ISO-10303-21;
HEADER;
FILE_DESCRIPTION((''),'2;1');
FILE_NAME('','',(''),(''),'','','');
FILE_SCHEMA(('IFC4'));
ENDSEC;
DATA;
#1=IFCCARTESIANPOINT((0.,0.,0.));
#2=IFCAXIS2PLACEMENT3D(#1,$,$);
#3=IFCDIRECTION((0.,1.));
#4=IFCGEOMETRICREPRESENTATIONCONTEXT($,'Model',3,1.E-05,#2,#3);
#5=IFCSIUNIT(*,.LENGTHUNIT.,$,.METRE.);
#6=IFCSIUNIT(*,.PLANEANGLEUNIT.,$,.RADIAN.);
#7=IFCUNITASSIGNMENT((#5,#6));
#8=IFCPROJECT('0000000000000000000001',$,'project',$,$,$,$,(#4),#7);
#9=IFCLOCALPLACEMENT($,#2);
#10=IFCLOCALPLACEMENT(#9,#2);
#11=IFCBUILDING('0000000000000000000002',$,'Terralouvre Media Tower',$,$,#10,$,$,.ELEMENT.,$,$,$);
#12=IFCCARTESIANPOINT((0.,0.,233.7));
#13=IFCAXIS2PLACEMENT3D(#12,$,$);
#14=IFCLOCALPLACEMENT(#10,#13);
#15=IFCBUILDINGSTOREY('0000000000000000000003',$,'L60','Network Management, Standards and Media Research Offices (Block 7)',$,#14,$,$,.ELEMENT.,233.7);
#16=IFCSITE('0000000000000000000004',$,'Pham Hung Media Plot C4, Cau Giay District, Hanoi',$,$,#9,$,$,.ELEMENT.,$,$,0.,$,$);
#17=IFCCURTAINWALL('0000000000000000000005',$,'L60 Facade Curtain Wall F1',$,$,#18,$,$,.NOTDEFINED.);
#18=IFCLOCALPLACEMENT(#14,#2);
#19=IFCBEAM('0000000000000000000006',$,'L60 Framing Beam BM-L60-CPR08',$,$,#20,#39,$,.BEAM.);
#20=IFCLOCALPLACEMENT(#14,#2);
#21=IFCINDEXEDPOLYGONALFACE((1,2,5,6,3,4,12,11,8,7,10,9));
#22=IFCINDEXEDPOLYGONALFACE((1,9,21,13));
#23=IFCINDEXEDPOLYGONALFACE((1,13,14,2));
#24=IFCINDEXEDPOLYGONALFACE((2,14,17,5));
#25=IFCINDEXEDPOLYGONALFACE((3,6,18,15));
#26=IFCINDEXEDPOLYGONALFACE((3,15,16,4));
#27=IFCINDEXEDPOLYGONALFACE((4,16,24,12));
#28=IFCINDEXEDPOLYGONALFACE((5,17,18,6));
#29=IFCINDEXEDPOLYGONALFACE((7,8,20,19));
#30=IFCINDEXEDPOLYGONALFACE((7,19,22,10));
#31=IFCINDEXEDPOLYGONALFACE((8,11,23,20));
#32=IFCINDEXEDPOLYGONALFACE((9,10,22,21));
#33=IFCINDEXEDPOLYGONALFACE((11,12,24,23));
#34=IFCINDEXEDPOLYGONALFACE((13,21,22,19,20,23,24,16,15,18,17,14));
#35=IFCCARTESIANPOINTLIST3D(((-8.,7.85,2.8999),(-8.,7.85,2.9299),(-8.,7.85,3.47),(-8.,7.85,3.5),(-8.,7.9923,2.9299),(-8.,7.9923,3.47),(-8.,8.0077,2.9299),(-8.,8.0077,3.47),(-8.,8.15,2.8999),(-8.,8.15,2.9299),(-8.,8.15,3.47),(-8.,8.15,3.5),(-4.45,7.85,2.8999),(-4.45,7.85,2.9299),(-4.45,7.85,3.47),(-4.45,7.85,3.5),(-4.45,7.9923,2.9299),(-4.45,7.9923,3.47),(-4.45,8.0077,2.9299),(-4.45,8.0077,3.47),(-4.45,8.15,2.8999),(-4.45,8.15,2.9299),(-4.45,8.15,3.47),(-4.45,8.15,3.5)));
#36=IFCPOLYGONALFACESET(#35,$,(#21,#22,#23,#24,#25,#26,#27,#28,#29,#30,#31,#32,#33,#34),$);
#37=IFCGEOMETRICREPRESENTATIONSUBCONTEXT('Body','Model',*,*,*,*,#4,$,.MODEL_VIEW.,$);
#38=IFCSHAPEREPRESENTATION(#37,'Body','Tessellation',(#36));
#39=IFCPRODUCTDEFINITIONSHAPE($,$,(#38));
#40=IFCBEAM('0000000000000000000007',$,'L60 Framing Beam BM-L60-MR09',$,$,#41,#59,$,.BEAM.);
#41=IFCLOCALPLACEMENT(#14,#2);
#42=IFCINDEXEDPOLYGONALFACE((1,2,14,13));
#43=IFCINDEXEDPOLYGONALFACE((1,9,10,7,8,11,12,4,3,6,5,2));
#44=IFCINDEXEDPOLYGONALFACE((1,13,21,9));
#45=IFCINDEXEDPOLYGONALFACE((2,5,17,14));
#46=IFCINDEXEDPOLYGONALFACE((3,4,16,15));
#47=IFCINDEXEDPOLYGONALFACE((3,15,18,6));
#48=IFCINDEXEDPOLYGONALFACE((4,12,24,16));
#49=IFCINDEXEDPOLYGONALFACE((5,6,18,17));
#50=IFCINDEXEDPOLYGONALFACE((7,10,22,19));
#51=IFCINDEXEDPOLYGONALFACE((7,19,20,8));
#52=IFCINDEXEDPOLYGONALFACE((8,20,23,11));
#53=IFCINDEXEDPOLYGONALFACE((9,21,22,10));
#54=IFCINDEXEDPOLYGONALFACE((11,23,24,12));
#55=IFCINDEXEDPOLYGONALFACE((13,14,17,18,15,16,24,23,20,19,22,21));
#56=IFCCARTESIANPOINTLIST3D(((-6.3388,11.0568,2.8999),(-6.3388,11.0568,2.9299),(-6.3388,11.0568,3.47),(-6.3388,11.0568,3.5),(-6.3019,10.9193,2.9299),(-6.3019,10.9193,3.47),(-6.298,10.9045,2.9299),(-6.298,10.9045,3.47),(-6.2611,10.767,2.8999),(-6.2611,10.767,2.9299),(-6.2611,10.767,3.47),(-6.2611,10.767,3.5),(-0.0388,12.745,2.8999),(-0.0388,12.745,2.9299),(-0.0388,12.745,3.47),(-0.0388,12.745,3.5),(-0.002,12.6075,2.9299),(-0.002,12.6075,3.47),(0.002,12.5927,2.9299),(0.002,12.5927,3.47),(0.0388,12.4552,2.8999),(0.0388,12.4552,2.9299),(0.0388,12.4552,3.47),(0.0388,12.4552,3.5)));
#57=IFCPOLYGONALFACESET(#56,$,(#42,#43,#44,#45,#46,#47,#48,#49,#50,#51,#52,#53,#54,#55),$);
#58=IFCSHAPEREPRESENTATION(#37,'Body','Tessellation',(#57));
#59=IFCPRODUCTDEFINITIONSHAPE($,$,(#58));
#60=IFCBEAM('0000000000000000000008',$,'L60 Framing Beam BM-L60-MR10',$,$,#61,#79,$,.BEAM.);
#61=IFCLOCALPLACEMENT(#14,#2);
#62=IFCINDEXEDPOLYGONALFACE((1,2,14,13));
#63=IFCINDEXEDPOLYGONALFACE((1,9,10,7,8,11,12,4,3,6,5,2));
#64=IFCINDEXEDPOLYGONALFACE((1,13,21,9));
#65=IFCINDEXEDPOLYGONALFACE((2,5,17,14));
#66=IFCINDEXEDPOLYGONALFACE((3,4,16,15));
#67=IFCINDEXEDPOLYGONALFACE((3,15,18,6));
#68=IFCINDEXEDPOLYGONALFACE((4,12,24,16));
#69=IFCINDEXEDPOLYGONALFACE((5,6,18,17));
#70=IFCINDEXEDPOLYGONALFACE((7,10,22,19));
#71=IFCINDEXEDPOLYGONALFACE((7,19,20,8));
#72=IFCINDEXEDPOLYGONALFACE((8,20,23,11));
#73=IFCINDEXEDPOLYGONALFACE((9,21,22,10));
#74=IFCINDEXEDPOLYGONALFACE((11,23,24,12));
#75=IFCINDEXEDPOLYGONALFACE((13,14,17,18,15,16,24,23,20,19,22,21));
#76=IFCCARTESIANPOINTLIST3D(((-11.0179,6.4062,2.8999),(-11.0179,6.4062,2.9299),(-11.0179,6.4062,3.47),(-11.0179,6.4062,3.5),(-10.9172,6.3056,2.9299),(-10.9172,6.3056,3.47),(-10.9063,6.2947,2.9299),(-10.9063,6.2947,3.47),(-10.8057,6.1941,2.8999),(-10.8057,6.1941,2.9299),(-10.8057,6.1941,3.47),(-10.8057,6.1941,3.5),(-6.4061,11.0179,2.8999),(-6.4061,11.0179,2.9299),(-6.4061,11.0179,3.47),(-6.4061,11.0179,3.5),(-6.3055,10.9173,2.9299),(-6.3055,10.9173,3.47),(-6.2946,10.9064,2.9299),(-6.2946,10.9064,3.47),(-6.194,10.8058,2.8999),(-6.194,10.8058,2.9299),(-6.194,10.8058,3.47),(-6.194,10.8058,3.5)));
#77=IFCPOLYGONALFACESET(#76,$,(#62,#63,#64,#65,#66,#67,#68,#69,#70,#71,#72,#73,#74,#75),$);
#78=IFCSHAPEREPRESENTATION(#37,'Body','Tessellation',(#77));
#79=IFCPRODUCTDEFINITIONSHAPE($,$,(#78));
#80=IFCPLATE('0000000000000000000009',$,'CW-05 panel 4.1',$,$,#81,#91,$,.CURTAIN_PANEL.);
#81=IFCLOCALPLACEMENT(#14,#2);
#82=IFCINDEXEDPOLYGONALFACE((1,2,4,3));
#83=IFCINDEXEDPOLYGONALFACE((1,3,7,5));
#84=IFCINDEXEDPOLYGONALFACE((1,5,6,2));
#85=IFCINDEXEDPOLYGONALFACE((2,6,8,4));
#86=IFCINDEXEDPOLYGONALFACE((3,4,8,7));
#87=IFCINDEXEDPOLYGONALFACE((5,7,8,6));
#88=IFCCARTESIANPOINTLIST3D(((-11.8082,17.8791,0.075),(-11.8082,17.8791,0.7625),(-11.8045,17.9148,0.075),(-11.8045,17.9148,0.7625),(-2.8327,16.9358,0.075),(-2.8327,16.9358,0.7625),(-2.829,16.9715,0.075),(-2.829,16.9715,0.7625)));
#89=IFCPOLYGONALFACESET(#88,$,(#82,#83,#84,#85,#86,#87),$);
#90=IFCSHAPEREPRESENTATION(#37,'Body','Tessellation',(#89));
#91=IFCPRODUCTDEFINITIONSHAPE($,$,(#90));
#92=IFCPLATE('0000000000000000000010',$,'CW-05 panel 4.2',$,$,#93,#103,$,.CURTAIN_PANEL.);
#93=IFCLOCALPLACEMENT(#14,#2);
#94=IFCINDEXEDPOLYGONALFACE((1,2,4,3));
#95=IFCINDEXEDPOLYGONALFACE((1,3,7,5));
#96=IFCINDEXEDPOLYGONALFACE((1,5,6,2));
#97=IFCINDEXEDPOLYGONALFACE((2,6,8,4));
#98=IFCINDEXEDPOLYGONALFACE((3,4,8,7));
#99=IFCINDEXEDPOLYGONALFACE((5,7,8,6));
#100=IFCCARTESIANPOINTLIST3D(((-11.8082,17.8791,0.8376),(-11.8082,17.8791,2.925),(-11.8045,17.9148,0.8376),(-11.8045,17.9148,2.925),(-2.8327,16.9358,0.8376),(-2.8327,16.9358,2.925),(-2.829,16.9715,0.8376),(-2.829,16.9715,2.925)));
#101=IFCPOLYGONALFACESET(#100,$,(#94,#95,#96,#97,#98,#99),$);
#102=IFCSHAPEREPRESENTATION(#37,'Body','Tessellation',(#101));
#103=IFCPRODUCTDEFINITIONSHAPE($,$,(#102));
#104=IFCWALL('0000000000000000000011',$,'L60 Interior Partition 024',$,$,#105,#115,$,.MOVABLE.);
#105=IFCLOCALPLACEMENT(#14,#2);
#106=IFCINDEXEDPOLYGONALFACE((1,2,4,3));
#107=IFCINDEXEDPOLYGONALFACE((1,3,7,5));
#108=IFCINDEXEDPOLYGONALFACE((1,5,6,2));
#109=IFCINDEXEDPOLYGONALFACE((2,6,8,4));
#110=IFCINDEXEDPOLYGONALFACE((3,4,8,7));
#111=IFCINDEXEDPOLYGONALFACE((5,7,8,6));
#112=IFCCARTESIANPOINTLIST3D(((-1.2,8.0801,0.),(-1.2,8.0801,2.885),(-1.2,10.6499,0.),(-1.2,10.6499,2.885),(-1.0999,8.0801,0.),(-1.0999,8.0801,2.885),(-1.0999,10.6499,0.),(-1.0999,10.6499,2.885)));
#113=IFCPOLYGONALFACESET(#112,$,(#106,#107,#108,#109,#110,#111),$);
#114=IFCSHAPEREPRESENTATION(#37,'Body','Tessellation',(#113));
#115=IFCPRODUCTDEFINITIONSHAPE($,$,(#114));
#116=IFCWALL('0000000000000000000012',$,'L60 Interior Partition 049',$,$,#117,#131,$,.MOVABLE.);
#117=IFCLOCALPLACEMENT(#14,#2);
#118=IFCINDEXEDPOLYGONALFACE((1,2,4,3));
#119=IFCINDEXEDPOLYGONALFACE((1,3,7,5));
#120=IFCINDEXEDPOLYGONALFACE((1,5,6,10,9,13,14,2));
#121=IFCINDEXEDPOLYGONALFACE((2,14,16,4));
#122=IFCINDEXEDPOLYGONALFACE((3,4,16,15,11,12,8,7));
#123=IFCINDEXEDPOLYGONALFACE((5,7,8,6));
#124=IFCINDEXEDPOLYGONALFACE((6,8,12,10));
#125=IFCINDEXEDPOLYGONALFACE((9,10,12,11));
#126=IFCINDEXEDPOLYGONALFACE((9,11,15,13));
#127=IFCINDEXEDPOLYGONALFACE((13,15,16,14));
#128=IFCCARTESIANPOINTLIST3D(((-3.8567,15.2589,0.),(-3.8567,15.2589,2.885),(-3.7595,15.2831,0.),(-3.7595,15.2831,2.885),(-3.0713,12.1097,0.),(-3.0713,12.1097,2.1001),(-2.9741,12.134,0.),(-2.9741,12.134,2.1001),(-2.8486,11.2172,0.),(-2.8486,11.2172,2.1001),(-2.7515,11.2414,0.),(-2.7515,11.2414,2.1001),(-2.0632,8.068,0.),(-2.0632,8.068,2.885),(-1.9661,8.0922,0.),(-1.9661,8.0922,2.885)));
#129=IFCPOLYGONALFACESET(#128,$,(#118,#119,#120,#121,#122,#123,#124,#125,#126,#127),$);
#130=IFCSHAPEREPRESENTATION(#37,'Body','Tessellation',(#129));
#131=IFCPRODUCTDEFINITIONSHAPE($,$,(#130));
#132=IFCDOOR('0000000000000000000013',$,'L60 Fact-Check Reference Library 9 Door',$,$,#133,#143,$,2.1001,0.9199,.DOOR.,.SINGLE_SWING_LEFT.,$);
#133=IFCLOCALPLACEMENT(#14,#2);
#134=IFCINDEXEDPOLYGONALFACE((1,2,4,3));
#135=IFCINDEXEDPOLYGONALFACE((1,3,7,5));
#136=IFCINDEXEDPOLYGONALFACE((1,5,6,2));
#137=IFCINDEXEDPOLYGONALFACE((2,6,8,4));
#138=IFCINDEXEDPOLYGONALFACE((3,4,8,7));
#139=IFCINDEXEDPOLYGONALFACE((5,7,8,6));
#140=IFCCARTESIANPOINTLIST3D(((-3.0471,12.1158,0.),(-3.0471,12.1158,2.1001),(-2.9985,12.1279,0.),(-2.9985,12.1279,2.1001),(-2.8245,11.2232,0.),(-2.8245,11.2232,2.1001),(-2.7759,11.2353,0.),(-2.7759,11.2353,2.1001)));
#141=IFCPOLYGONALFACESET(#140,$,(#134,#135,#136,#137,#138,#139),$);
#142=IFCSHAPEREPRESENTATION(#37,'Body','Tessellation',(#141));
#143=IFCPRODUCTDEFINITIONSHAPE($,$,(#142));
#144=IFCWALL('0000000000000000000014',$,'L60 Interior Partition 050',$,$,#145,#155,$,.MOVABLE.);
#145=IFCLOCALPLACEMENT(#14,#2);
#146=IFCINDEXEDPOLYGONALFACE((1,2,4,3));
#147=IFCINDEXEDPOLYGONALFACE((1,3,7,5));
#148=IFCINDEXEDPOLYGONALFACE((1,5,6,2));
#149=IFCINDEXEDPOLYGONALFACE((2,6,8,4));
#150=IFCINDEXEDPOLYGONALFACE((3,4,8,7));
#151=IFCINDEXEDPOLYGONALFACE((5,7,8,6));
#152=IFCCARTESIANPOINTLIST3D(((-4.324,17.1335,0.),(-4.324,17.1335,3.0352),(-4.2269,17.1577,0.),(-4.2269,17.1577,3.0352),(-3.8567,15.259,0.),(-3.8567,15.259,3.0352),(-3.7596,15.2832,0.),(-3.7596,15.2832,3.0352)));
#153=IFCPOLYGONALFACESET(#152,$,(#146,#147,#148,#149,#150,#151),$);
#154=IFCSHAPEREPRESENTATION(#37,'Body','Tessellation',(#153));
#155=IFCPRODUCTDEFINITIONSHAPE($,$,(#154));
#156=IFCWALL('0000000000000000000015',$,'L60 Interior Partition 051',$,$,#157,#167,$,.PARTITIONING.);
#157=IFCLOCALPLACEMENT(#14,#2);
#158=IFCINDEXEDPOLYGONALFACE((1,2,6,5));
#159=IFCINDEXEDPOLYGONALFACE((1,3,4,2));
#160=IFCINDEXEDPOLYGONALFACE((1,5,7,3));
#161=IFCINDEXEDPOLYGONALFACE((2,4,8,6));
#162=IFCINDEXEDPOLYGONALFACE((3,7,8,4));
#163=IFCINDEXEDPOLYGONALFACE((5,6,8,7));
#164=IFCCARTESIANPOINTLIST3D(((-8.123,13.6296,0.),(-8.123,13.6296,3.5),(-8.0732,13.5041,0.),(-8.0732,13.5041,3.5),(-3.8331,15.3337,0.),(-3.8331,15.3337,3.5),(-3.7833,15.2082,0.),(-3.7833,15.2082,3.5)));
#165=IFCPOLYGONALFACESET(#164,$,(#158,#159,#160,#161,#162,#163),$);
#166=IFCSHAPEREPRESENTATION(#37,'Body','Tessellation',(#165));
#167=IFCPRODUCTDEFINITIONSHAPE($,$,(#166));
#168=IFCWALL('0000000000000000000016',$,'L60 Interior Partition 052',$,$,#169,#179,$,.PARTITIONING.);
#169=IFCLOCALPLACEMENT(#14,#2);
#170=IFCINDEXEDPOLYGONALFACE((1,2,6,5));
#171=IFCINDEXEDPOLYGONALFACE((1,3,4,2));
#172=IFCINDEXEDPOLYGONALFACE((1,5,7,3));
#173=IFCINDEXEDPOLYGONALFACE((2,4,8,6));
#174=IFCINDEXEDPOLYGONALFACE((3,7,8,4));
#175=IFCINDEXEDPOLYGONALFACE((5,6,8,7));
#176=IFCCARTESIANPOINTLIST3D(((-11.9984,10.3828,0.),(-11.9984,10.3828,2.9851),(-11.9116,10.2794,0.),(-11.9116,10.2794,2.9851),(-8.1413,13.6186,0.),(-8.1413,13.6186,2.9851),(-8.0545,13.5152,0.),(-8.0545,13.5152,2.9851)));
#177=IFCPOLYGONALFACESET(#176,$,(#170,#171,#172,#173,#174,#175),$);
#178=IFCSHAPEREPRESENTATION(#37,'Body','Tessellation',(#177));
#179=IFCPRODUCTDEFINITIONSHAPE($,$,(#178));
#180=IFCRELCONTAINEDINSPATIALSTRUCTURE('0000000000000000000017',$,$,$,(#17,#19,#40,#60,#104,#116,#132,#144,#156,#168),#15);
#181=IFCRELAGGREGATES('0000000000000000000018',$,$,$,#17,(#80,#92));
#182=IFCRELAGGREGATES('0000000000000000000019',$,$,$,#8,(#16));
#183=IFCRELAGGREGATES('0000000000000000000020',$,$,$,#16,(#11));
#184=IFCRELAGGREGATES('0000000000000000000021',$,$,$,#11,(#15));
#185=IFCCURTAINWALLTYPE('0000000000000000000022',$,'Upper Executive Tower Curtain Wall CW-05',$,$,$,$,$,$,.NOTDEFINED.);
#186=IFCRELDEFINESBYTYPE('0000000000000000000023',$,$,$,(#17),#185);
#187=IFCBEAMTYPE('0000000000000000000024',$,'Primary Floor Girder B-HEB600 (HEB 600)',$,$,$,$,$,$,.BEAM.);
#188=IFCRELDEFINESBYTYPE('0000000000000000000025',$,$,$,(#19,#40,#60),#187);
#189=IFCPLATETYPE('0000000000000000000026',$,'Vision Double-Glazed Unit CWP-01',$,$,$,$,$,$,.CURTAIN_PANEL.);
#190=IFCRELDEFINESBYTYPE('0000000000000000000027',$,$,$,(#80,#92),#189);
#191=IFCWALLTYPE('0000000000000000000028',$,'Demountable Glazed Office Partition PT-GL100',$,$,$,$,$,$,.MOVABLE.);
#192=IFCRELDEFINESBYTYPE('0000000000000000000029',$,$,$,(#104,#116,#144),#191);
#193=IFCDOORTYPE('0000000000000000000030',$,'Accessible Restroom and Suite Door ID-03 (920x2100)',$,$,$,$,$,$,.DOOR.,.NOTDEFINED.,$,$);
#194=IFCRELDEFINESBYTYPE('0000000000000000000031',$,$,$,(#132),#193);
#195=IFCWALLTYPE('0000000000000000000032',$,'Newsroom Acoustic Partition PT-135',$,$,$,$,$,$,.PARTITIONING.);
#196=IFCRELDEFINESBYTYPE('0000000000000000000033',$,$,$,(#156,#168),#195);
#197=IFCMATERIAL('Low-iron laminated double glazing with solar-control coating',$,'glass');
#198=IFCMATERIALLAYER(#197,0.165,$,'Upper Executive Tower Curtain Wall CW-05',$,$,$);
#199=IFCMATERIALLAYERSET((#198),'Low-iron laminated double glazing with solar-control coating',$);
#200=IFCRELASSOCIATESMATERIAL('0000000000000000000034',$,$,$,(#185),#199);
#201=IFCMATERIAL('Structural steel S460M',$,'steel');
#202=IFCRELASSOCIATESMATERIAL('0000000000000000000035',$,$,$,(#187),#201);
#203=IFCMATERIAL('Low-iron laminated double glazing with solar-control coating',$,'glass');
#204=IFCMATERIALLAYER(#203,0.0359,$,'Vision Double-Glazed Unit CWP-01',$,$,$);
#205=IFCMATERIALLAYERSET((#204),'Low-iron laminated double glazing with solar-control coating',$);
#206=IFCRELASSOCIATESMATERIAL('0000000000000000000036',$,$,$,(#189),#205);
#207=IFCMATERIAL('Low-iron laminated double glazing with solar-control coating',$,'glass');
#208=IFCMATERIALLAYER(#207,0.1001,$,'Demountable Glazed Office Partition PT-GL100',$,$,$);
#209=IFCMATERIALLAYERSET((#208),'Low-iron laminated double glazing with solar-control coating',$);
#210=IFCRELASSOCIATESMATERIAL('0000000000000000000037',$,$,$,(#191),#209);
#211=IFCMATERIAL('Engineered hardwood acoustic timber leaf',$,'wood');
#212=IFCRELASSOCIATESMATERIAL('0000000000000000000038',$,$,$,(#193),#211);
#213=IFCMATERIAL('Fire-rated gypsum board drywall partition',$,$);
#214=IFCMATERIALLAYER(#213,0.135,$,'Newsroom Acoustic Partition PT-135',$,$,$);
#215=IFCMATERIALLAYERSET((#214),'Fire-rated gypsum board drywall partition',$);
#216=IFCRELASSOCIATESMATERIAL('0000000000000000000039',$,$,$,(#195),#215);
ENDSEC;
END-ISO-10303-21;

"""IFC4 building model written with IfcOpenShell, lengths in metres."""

from ifc_helpers import new_model, si_unit, direction, frame, frame_2d, origin, origin_2d, place, context, subcontext, project, spatial, rectangle, i_section, extrude, material, layer, layer_set, material_profile, profile_set, type_object, element, fill, aggregate, save


model = new_model("IFC4")

# Units and contexts
model_context = context("Model", 3, precision=1e-05, world=origin(), true_north=direction((0.0, 1.0)))
body_context = subcontext(model_context, "Body", "Model", "MODEL_VIEW")
ifc_project = project(units=[si_unit("LENGTHUNIT", "METRE"), si_unit("PLANEANGLEUNIT", "RADIAN")], contexts=[model_context])

# Site, building, storey
site_placement = place(None, origin())
site = spatial("IfcSite", under=ifc_project, at=site_placement, Name="Pham Hung Media Plot C4, Cau Giay District, Hanoi", CompositionType="ELEMENT", RefElevation=0.0)
building_placement = place(site_placement, origin())
building = spatial("IfcBuilding", under=site, at=building_placement, Name="Terralouvre Media Tower", CompositionType="ELEMENT")
storey_placement = place(building_placement, frame((0.0, 0.0, 233.7)))
storey = spatial("IfcBuildingStorey", under=building, at=storey_placement, Name="L60", Description="Network Management, Standards and Media Research Offices (Block 7)", CompositionType="ELEMENT", Elevation=233.7)

# Curtain wall
ifc_material_1 = material(Name="Low-iron laminated double glazing with solar-control coating", Category="glass")
ifc_layer_1 = layer(ifc_material_1, 0.165, Name="Upper Executive Tower Curtain Wall CW-05")
ifc_layer_set_1 = layer_set([ifc_layer_1], Name="Low-iron laminated double glazing with solar-control coating")
curtain_wall_type = type_object("IfcCurtainWallType", Name="Upper Executive Tower Curtain Wall CW-05", PredefinedType="NOTDEFINED", material=ifc_layer_set_1)
curtain_wall_placement = place(storey_placement, origin())
curtain_wall = element("IfcCurtainWall", 1, at=curtain_wall_placement, inside=storey, type_object=curtain_wall_type, Name="L60 Facade Curtain Wall F1", PredefinedType="NOTDEFINED")

# Beams
ifc_material_2 = material(Name="Structural steel S460M", Category="steel")
ifc_material_profile_1 = material_profile(ifc_material_2, i_section(OverallWidth=0.3, OverallDepth=0.6001, WebThickness=0.0154, FlangeThickness=0.03, at=origin_2d()), Name="HEB 600")
ifc_profile_set_1 = profile_set([ifc_material_profile_1], Name="Structural steel S460M")
beam_type_1 = type_object("IfcBeamType", Name="Primary Floor Girder B-HEB600 (HEB 600)", PredefinedType="BEAM", material=ifc_profile_set_1)
beam_1_placement = place(storey_placement, frame((-4.45, 8.0, 3.2), z_axis=(-1.0, 0.0, 0.0), x_axis=(0.0, -1.0, 0.0)))
element("IfcBeam", 2, at=beam_1_placement, inside=storey, type_object=beam_type_1, Name="L60 Framing Beam BM-L60-CPR08", PredefinedType="BEAM", context=body_context, shape_type="SweptSolid", body=[
    extrude(i_section(OverallWidth=0.3, OverallDepth=0.6001, WebThickness=0.0154, FlangeThickness=0.03, at=origin_2d()), origin(), (0.0, 0.0, 1.0), 3.55),
])
beam_2_placement = place(storey_placement, frame((0.0, 12.6001, 3.2), z_axis=(-0.96592, -0.258839, 0.0), x_axis=(0.258839, -0.96592, 0.0)))
element("IfcBeam", 3, at=beam_2_placement, inside=storey, type_object=beam_type_1, Name="L60 Framing Beam BM-L60-MR09", PredefinedType="BEAM", context=body_context, shape_type="SweptSolid", body=[
    extrude(i_section(OverallWidth=0.3, OverallDepth=0.6001, WebThickness=0.0154, FlangeThickness=0.03, at=origin_2d()), origin(), (0.0, 0.0, 1.0), 6.5222),
])
beam_3_placement = place(storey_placement, frame((-6.3, 10.9119, 3.2), z_axis=(-0.707107, -0.707107, 0.0), x_axis=(0.707107, -0.707107, 0.0)))
element("IfcBeam", 4, at=beam_3_placement, inside=storey, type_object=beam_type_1, Name="L60 Framing Beam BM-L60-MR10", PredefinedType="BEAM", context=body_context, shape_type="SweptSolid", body=[
    extrude(i_section(OverallWidth=0.3, OverallDepth=0.6001, WebThickness=0.0154, FlangeThickness=0.03, at=origin_2d()), origin(), (0.0, 0.0, 1.0), 6.522),
])

# Plates
ifc_material_3 = material(Name="Low-iron laminated double glazing with solar-control coating", Category="glass")
ifc_layer_2 = layer(ifc_material_3, 0.0359, Name="Vision Double-Glazed Unit CWP-01")
ifc_layer_set_2 = layer_set([ifc_layer_2], Name="Low-iron laminated double glazing with solar-control coating")
plate_type = type_object("IfcPlateType", Name="Vision Double-Glazed Unit CWP-01", PredefinedType="CURTAIN_PANEL", material=ifc_layer_set_2)
plate_1_placement = place(storey_placement, frame((-7.3186, 17.4253, 0.075), z_axis=(0.0, 0.0, 1.0), x_axis=(-0.994522, 0.104529, 0.0)))
plate_1 = element("IfcPlate", 5, at=plate_1_placement, type_object=plate_type, Name="CW-05 panel 4.1", PredefinedType="CURTAIN_PANEL", context=body_context, shape_type="SweptSolid", body=[
    extrude(rectangle(XDim=9.0249, YDim=0.0359, at=origin_2d()), origin(), (0.0, 0.0, 1.0), 0.6875),
])
plate_2_placement = place(storey_placement, frame((-7.3186, 17.4253, 0.8376), z_axis=(0.0, 0.0, 1.0), x_axis=(-0.994522, 0.104529, 0.0)))
plate_2 = element("IfcPlate", 6, at=plate_2_placement, type_object=plate_type, Name="CW-05 panel 4.2", PredefinedType="CURTAIN_PANEL", context=body_context, shape_type="SweptSolid", body=[
    extrude(rectangle(XDim=9.0249, YDim=0.0359, at=origin_2d()), origin(), (0.0, 0.0, 1.0), 2.0874),
])
aggregate(curtain_wall, [plate_1, plate_2])

# Wall
ifc_material_4 = material(Name="Low-iron laminated double glazing with solar-control coating", Category="glass")
ifc_layer_3 = layer(ifc_material_4, 0.1001, Name="Demountable Glazed Office Partition PT-GL100")
ifc_layer_set_3 = layer_set([ifc_layer_3], Name="Low-iron laminated double glazing with solar-control coating")
wall_type_1 = type_object("IfcWallType", Name="Demountable Glazed Office Partition PT-GL100", PredefinedType="MOVABLE", material=ifc_layer_set_3)
wall_1_placement = place(storey_placement, frame((-1.1499, 10.6499, 0.0), z_axis=(0.0, 0.0, 1.0), x_axis=(0.0, -1.0, 0.0)))
element("IfcWall", 7, at=wall_1_placement, inside=storey, type_object=wall_type_1, Name="L60 Interior Partition 024", PredefinedType="MOVABLE", context=body_context, shape_type="SweptSolid", body=[
    extrude(rectangle(XDim=2.5698, YDim=0.1001, at=frame_2d((1.2849, 0.0))), origin(), (0.0, 0.0, 1.0), 2.885),
])

# Wall, opening, door
wall_2_placement = place(storey_placement, frame((-3.8081, 15.271, 0.0), z_axis=(0.0, 0.0, 1.0), x_axis=(0.241993, -0.970278, 0.0)))
wall_2 = element("IfcWall", 8, at=wall_2_placement, inside=storey, type_object=wall_type_1, Name="L60 Interior Partition 049", PredefinedType="MOVABLE", context=body_context, shape_type="SweptSolid", body=[
    extrude(rectangle(XDim=7.4111, YDim=0.1001, at=frame_2d((3.7056, 0.0))), origin(), (0.0, 0.0, 1.0), 2.885),
])
opening_placement = place(wall_2_placement, frame((3.2456, 0.0, 0.0)))
opening = element("IfcOpeningElement", 9, at=opening_placement, cuts=wall_2, PredefinedType="OPENING", context=body_context, shape_type="SweptSolid", body=[
    extrude(rectangle(XDim=0.9199, YDim=2.1001, at=frame_2d((0.46, 1.05))), frame((0.0, 0.0601, 0.0), z_axis=(0.0, -1.0, 0.0), x_axis=(1.0, 0.0, 0.0)), (0.0, 0.0, 1.0), 0.1201),
])
ifc_material_5 = material(Name="Engineered hardwood acoustic timber leaf", Category="wood")
door_type = type_object("IfcDoorType", Name="Accessible Restroom and Suite Door ID-03 (920x2100)", OperationType="NOTDEFINED", PredefinedType="DOOR", material=ifc_material_5)
door_placement = place(opening_placement, origin())
door = element("IfcDoor", 10, at=door_placement, inside=storey, type_object=door_type, Name="L60 Fact-Check Reference Library 9 Door", OperationType="SINGLE_SWING_LEFT", OverallHeight=2.1001, OverallWidth=0.9199, PredefinedType="DOOR", context=body_context, shape_type="SweptSolid", body=[
    extrude(rectangle(XDim=0.9199, YDim=2.1001, at=frame_2d((0.46, 1.05))), frame((0.0, 0.0249, 0.0), z_axis=(0.0, -1.0, 0.0), x_axis=(1.0, 0.0, 0.0)), (0.0, 0.0, 1.0), 0.05),
])
fill(opening, door)

# Walls
wall_3_placement = place(storey_placement, frame((-4.2754, 17.1455, 0.0), z_axis=(0.0, 0.0, 1.0), x_axis=(0.241881, -0.970306, 0.0)))
element("IfcWall", 11, at=wall_3_placement, inside=storey, type_object=wall_type_1, Name="L60 Interior Partition 050", PredefinedType="MOVABLE", context=body_context, shape_type="SweptSolid", body=[
    extrude(rectangle(XDim=1.9319, YDim=0.1001, at=frame_2d((0.9658, 0.0))), origin(), (0.0, 0.0, 1.0), 3.0352),
])
ifc_material_6 = material(Name="Fire-rated gypsum board drywall partition")
ifc_layer_4 = layer(ifc_material_6, 0.135, Name="Newsroom Acoustic Partition PT-135")
ifc_layer_set_4 = layer_set([ifc_layer_4], Name="Fire-rated gypsum board drywall partition")
wall_type_2 = type_object("IfcWallType", Name="Newsroom Acoustic Partition PT-135", PredefinedType="PARTITIONING", material=ifc_layer_set_4)
wall_4_placement = place(storey_placement, frame((-3.8081, 15.271, 0.0), z_axis=(0.0, 0.0, 1.0), x_axis=(-0.929357, -0.369183, 0.0)))
element("IfcWall", 12, at=wall_4_placement, inside=storey, type_object=wall_type_2, Name="L60 Interior Partition 051", PredefinedType="PARTITIONING", context=body_context, shape_type="SweptSolid", body=[
    extrude(rectangle(XDim=4.616, YDim=0.135, at=frame_2d((2.3081, 0.0))), origin(), (0.0, 0.0, 1.0), 3.5),
])
wall_5_placement = place(storey_placement, frame((-8.0979, 13.5669, 0.0), z_axis=(0.0, 0.0, 1.0), x_axis=(-0.766115, -0.642704, 0.0)))
element("IfcWall", 13, at=wall_5_placement, inside=storey, type_object=wall_type_2, Name="L60 Interior Partition 052", PredefinedType="PARTITIONING", context=body_context, shape_type="SweptSolid", body=[
    extrude(rectangle(XDim=5.0347, YDim=0.135, at=frame_2d((2.5173, 0.0))), origin(), (0.0, 0.0, 1.0), 2.9851),
])

save(model, "model.ifc")
